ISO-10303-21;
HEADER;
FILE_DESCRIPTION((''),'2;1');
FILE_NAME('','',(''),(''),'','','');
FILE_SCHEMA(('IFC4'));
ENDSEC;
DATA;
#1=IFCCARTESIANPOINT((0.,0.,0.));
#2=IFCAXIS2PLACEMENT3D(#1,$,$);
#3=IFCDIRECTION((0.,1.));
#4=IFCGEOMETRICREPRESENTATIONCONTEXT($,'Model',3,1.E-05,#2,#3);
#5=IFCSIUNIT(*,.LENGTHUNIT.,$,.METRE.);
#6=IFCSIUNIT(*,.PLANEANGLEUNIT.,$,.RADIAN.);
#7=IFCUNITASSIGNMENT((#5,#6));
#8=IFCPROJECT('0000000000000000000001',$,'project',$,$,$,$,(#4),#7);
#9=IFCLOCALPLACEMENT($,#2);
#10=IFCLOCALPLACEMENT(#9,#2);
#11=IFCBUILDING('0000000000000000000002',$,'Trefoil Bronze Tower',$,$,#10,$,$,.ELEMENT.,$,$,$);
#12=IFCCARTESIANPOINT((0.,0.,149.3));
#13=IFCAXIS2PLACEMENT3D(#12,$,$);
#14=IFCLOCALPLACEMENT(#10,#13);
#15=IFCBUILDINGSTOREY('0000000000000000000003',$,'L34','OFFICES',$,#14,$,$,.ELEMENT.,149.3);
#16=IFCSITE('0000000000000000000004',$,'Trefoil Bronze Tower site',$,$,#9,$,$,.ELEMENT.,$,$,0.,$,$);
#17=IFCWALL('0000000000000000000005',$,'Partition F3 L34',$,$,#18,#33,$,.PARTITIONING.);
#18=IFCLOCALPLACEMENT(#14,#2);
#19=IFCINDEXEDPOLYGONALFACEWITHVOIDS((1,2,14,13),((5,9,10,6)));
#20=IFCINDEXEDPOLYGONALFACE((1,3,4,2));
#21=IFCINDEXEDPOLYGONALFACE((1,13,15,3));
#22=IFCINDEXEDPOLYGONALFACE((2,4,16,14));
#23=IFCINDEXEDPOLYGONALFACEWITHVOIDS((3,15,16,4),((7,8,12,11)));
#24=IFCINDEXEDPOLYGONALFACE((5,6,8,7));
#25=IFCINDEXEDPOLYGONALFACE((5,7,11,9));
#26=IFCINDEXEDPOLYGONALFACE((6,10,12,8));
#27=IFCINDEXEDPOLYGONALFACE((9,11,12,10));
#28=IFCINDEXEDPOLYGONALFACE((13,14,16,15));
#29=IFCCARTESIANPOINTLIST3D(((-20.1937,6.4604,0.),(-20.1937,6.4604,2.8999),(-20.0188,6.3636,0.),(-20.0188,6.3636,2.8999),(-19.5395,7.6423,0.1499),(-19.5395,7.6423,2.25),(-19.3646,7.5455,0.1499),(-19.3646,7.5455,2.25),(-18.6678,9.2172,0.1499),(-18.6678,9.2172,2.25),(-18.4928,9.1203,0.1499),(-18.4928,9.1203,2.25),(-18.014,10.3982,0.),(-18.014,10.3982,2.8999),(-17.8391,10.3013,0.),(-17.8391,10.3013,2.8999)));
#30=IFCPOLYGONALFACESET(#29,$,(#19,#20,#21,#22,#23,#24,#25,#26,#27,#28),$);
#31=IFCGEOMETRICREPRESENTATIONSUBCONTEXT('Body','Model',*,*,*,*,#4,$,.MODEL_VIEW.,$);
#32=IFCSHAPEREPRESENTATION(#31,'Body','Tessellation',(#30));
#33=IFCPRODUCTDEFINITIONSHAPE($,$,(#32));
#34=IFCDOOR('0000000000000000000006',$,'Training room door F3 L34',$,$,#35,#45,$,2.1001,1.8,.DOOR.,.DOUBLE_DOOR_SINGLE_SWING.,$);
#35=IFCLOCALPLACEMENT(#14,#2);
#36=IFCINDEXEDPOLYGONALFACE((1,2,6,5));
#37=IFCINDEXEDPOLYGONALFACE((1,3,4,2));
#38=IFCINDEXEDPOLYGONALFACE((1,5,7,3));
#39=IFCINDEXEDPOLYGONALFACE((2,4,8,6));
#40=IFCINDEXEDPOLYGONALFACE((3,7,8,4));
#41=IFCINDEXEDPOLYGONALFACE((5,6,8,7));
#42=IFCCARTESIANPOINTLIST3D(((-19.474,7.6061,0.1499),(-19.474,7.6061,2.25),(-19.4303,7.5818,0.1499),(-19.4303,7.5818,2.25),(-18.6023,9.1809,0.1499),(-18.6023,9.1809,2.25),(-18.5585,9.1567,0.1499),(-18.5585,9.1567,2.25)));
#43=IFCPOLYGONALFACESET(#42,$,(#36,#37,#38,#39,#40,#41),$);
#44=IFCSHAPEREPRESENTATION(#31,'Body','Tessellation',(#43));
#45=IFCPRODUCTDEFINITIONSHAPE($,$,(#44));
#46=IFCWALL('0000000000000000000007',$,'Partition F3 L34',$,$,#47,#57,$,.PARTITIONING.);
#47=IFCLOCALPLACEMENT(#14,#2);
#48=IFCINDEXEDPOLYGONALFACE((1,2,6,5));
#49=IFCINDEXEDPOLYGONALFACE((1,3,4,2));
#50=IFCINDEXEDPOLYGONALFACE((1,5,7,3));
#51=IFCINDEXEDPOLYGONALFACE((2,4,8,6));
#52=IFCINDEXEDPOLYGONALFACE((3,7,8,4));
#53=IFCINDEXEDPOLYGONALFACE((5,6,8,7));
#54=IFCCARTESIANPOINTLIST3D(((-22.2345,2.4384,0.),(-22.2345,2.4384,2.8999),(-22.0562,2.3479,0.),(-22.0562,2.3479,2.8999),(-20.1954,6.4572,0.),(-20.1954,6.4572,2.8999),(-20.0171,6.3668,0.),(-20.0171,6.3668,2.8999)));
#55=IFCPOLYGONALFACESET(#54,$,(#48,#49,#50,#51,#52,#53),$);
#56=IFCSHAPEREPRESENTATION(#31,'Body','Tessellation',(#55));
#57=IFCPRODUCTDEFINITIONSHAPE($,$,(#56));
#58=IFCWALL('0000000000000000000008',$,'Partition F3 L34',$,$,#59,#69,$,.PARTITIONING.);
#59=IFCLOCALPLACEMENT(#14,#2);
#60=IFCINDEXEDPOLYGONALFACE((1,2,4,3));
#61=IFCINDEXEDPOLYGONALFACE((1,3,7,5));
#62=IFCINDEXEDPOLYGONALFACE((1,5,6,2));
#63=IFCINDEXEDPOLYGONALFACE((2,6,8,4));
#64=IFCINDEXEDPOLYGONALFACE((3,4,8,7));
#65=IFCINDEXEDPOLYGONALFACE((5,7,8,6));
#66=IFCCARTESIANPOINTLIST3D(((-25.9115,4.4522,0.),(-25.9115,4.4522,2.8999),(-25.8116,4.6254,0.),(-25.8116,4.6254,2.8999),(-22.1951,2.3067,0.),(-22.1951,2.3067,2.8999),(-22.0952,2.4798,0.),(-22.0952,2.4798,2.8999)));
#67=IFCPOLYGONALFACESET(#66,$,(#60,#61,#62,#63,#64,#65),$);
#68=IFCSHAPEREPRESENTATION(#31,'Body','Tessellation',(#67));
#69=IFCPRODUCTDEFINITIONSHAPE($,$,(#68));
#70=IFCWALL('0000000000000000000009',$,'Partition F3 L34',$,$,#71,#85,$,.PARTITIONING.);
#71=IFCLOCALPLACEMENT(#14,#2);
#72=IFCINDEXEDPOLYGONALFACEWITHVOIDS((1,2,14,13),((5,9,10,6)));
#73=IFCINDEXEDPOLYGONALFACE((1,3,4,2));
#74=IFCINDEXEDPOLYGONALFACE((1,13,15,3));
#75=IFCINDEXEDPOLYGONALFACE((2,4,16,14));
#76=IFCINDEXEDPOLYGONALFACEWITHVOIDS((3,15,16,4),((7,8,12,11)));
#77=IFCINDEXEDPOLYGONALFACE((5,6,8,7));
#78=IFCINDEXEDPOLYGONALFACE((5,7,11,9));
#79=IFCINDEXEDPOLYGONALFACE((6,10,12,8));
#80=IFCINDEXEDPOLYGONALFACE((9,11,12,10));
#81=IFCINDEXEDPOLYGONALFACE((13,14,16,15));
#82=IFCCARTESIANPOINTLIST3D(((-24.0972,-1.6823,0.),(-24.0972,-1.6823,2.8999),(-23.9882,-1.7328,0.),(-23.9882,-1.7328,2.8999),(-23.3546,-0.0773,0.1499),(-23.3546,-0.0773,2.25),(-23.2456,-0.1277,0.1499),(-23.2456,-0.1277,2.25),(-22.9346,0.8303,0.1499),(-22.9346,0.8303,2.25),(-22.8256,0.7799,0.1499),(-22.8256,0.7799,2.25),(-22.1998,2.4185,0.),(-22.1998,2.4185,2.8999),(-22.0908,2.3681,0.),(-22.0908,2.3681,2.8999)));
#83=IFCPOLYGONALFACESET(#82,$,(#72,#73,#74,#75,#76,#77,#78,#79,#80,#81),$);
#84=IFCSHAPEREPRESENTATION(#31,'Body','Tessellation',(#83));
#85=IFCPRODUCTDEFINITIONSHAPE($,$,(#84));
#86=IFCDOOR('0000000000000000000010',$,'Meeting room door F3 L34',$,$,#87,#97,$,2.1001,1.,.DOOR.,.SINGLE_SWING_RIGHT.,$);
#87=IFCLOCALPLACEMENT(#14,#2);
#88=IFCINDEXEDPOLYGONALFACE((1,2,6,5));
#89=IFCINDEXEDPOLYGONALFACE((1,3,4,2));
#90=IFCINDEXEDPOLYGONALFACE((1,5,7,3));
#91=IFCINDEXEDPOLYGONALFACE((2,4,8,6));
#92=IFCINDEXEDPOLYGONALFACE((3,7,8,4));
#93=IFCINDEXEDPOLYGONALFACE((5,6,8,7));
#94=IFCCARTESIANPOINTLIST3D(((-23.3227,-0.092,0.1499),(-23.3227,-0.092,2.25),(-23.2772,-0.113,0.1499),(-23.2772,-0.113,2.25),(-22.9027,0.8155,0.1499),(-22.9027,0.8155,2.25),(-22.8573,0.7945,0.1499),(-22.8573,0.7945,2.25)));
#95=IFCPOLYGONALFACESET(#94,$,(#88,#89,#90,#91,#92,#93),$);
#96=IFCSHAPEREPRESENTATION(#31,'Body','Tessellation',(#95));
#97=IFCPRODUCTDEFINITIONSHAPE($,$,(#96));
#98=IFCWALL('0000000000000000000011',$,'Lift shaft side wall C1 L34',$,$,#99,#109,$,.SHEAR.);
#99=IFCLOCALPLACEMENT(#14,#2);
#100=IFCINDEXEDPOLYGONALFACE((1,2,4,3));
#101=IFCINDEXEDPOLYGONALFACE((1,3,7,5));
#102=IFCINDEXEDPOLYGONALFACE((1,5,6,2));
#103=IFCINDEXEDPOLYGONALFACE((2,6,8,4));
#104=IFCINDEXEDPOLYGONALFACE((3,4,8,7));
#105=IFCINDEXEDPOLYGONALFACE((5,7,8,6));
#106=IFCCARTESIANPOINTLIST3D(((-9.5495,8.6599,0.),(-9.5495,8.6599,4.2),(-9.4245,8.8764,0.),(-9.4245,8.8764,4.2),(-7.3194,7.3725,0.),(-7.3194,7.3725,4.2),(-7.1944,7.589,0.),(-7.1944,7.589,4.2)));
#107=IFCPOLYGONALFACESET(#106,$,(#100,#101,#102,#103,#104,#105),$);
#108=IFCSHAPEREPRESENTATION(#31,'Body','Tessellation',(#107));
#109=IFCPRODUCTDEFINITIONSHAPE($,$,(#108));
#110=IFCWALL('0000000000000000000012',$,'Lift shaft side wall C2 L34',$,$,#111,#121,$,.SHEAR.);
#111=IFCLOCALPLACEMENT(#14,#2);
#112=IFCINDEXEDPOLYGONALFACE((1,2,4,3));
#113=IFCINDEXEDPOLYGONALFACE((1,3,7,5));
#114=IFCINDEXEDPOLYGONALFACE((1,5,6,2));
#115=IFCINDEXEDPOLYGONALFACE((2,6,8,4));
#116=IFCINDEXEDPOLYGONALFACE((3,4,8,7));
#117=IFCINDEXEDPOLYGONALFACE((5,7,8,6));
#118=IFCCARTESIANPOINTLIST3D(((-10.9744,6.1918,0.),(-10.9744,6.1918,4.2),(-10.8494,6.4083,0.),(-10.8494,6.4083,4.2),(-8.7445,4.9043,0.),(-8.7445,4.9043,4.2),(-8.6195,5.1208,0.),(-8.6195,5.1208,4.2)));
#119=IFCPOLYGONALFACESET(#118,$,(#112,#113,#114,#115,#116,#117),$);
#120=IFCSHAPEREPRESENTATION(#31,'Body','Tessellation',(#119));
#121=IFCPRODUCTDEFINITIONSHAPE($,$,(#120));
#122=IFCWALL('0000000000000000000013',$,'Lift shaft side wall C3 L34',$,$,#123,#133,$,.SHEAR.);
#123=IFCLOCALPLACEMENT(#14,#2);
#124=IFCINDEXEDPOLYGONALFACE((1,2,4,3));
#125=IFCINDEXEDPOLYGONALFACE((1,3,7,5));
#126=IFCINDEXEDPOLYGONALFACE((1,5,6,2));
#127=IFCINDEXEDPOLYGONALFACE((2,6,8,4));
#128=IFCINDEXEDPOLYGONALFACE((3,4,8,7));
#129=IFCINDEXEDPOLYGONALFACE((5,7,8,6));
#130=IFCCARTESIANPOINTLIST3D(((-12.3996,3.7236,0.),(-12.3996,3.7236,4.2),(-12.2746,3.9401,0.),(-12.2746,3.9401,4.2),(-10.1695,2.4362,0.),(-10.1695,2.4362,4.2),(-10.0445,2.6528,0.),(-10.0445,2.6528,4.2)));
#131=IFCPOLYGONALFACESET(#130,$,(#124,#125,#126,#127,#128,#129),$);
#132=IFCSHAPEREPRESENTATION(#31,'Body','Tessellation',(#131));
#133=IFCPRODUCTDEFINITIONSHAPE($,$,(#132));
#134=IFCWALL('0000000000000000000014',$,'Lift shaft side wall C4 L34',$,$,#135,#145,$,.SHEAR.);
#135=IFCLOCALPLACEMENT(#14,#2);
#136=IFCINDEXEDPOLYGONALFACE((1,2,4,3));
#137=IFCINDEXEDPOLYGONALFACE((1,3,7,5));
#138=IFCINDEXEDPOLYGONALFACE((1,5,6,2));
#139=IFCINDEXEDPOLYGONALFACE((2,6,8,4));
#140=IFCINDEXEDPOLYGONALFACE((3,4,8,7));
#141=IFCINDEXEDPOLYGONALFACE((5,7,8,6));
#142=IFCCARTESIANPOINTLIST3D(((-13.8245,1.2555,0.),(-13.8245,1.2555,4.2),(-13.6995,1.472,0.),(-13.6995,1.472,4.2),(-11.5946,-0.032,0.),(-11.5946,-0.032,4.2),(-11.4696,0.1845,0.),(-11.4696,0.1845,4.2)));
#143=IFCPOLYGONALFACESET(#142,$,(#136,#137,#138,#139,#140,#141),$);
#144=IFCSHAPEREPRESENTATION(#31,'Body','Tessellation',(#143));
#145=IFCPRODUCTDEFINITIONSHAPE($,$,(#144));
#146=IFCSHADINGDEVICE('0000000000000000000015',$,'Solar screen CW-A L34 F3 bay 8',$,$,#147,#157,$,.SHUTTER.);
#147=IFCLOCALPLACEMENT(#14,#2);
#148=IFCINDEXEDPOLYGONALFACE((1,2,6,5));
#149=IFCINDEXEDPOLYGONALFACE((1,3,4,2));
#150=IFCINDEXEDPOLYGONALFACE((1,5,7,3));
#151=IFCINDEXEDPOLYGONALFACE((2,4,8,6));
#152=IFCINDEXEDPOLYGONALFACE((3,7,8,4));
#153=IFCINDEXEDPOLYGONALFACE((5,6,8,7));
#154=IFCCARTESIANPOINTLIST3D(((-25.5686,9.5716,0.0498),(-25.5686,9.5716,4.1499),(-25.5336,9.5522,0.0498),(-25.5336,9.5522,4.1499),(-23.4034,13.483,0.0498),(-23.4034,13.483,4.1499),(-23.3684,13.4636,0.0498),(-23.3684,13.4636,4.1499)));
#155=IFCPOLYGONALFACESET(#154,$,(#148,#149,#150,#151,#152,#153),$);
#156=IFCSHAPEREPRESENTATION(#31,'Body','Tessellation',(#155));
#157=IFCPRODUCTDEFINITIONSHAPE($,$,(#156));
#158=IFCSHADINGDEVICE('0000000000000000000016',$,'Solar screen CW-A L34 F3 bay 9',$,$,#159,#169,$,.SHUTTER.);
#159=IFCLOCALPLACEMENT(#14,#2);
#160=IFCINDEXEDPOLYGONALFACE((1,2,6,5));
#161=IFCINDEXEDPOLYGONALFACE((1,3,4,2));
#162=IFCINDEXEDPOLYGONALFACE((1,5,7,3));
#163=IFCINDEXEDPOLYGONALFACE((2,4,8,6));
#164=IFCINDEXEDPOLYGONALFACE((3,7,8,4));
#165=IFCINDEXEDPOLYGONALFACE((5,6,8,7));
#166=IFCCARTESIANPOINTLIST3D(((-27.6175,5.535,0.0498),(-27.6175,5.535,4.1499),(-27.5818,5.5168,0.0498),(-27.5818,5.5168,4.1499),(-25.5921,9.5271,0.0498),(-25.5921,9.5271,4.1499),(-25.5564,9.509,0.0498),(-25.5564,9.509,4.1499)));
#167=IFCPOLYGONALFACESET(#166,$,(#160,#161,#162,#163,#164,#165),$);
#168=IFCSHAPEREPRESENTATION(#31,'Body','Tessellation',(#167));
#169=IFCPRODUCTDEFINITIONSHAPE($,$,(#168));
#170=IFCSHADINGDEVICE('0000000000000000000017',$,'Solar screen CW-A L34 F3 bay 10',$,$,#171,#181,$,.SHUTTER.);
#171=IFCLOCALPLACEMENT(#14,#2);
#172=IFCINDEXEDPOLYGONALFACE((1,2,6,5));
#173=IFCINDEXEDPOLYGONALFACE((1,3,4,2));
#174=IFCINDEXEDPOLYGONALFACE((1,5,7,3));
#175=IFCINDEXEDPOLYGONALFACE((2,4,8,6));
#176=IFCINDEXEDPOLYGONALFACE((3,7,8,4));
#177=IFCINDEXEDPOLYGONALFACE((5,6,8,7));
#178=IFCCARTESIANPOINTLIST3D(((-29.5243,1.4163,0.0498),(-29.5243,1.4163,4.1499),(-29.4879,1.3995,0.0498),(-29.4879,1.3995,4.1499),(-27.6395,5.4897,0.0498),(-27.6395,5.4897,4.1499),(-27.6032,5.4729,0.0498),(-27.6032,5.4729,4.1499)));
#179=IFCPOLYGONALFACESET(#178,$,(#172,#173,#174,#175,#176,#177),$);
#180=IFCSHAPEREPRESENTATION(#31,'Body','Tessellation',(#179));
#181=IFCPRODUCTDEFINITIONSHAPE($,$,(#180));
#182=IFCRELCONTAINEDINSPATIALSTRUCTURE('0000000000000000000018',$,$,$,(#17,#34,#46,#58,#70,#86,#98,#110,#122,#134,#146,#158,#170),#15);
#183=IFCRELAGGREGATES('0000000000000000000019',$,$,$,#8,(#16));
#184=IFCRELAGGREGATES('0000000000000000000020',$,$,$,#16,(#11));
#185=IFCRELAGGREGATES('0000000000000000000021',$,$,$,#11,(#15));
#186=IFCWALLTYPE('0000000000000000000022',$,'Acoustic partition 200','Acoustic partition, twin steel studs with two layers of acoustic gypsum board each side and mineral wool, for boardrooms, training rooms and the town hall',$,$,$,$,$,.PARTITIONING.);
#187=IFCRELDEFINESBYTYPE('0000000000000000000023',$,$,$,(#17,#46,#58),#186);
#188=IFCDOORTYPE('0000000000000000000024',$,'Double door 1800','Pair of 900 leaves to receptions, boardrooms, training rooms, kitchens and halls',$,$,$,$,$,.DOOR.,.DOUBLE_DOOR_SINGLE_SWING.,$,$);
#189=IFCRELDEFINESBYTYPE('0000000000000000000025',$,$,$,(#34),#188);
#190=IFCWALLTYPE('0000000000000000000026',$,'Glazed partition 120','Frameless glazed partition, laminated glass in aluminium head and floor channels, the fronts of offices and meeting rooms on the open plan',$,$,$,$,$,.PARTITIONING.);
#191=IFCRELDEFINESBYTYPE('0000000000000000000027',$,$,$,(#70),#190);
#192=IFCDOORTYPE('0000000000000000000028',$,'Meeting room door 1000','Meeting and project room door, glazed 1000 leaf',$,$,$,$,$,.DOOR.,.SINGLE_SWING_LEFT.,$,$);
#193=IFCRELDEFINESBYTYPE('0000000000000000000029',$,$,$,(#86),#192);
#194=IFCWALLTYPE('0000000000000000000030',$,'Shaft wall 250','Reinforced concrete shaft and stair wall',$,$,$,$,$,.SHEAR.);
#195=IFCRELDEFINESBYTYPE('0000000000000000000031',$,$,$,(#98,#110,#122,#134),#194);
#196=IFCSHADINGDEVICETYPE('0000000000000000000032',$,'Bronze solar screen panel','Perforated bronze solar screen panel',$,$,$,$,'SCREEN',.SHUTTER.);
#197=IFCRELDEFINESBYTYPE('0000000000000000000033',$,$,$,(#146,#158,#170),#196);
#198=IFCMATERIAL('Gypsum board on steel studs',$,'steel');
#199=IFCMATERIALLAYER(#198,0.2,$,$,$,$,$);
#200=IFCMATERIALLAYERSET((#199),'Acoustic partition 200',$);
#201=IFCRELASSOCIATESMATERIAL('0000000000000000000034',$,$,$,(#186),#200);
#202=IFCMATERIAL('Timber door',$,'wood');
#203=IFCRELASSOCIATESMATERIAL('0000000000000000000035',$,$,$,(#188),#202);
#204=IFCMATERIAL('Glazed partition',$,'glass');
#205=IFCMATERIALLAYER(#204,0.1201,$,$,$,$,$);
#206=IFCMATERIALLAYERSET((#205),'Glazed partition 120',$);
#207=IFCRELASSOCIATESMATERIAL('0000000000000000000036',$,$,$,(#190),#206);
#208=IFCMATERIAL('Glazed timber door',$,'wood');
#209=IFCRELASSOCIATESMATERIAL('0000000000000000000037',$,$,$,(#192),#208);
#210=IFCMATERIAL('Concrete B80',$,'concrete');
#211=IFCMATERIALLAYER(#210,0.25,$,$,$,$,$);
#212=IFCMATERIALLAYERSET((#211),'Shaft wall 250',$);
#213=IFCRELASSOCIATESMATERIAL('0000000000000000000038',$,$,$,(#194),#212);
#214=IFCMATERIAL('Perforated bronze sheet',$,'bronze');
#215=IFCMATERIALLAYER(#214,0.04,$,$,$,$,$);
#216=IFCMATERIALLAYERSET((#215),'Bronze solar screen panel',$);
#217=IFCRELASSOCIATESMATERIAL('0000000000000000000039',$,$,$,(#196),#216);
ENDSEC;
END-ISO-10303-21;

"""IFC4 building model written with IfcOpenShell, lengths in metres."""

from ifc_helpers import new_model, si_unit, direction, frame, frame_2d, origin, origin_2d, place, context, subcontext, project, spatial, rectangle, extrude, material, layer, layer_set, type_object, element, fill, save


model = new_model("IFC4")

# Units and contexts
model_context = context("Model", 3, precision=1e-05, world=origin(), true_north=direction((0.0, 1.0)))
body_context = subcontext(model_context, "Body", "Model", "MODEL_VIEW")
ifc_project = project(units=[si_unit("LENGTHUNIT", "METRE"), si_unit("PLANEANGLEUNIT", "RADIAN")], contexts=[model_context])

# Site, building, storey
site_placement = place(None, origin())
site = spatial("IfcSite", under=ifc_project, at=site_placement, Name="Trefoil Bronze Tower site", CompositionType="ELEMENT", RefElevation=0.0)
building_placement = place(site_placement, origin())
building = spatial("IfcBuilding", under=site, at=building_placement, Name="Trefoil Bronze Tower", CompositionType="ELEMENT")
storey_placement = place(building_placement, frame((0.0, 0.0, 149.3)))
storey = spatial("IfcBuildingStorey", under=building, at=storey_placement, Name="L34", Description="OFFICES", CompositionType="ELEMENT", Elevation=149.3)

# Wall, opening, door
ifc_material_1 = material(Name="Gypsum board on steel studs", Category="steel")
ifc_layer_1 = layer(ifc_material_1, 0.2)
ifc_layer_set_1 = layer_set([ifc_layer_1], Name="Acoustic partition 200")
wall_type_1 = type_object("IfcWallType", Name="Acoustic partition 200", Description="Acoustic partition, twin steel studs with two layers of acoustic gypsum board each side and mineral wool, for boardrooms, training rooms and the town hall", PredefinedType="PARTITIONING", material=ifc_layer_set_1)
wall_1_placement = place(storey_placement, frame((-17.9265, 10.3499, 0.0), z_axis=(0.0, 0.0, 1.0), x_axis=(-0.484293, -0.874906, 0.0)))
wall_1 = element("IfcWall", 1, at=wall_1_placement, inside=storey, type_object=wall_type_1, Name="Partition F3 L34", PredefinedType="PARTITIONING", context=body_context, shape_type="SweptSolid", body=[
    extrude(rectangle(XDim=4.5007, YDim=0.2, at=frame_2d((2.2505, 0.0))), origin(), (0.0, 0.0, 1.0), 2.8999),
])
opening_1_placement = place(wall_1_placement, frame((1.3501, 0.0, 0.1499)))
opening_1 = element("IfcOpeningElement", 2, at=opening_1_placement, cuts=wall_1, PredefinedType="OPENING", context=body_context, shape_type="SweptSolid", body=[
    extrude(rectangle(XDim=1.8, YDim=2.1001, at=frame_2d((0.8999, 1.05))), frame((0.0, 0.1099, 0.0), z_axis=(0.0, -1.0, 0.0), x_axis=(1.0, 0.0, 0.0)), (0.0, 0.0, 1.0), 0.22),
])
ifc_material_2 = material(Name="Timber door", Category="wood")
door_type_1 = type_object("IfcDoorType", Name="Double door 1800", Description="Pair of 900 leaves to receptions, boardrooms, training rooms, kitchens and halls", OperationType="DOUBLE_DOOR_SINGLE_SWING", PredefinedType="DOOR", material=ifc_material_2)
door_1_placement = place(opening_1_placement, origin())
door_1 = element("IfcDoor", 3, at=door_1_placement, inside=storey, type_object=door_type_1, Name="Training room door F3 L34", OperationType="DOUBLE_DOOR_SINGLE_SWING", OverallHeight=2.1001, OverallWidth=1.8, PredefinedType="DOOR", context=body_context, shape_type="SweptSolid", body=[
    extrude(rectangle(XDim=1.8, YDim=2.1001, at=frame_2d((0.8999, 1.05))), frame((0.0, 0.0249, 0.0), z_axis=(0.0, -1.0, 0.0), x_axis=(1.0, 0.0, 0.0)), (0.0, 0.0, 1.0), 0.05),
])
fill(opening_1, door_1)

# Walls
wall_2_placement = place(storey_placement, frame((-20.1062, 6.4121, 0.0), z_axis=(0.0, 0.0, 1.0), x_axis=(-0.452472, -0.891779, 0.0)))
element("IfcWall", 4, at=wall_2_placement, inside=storey, type_object=wall_type_1, Name="Partition F3 L34", PredefinedType="PARTITIONING", context=body_context, shape_type="SweptSolid", body=[
    extrude(rectangle(XDim=4.5066, YDim=0.2, at=frame_2d((2.2534, 0.0))), origin(), (0.0, 0.0, 1.0), 2.8999),
])
wall_3_placement = place(storey_placement, frame((-22.1453, 2.3933, 0.0), z_axis=(0.0, 0.0, 1.0), x_axis=(-0.866036, 0.499982, 0.0)))
element("IfcWall", 5, at=wall_3_placement, inside=storey, type_object=wall_type_1, Name="Partition F3 L34", PredefinedType="PARTITIONING", context=body_context, shape_type="SweptSolid", body=[
    extrude(rectangle(XDim=4.2913, YDim=0.2, at=frame_2d((2.1455, 0.0))), origin(), (0.0, 0.0, 1.0), 2.8999),
])

# Wall, opening, door
ifc_material_3 = material(Name="Glazed partition", Category="glass")
ifc_layer_2 = layer(ifc_material_3, 0.1201)
ifc_layer_set_2 = layer_set([ifc_layer_2], Name="Glazed partition 120")
wall_type_2 = type_object("IfcWallType", Name="Glazed partition 120", Description="Frameless glazed partition, laminated glass in aluminium head and floor channels, the fronts of offices and meeting rooms on the open plan", PredefinedType="PARTITIONING", material=ifc_layer_set_2)
wall_4_placement = place(storey_placement, frame((-22.1453, 2.3933, 0.0), z_axis=(0.0, 0.0, 1.0), x_axis=(-0.419928, -0.907557, 0.0)))
wall_4 = element("IfcWall", 6, at=wall_4_placement, inside=storey, type_object=wall_type_2, Name="Partition F3 L34", PredefinedType="PARTITIONING", context=body_context, shape_type="SweptSolid", body=[
    extrude(rectangle(XDim=4.5186, YDim=0.1201, at=frame_2d((2.2593, 0.0))), origin(), (0.0, 0.0, 1.0), 2.8999),
])
opening_2_placement = place(wall_4_placement, frame((1.75, 0.0, 0.1499)))
opening_2 = element("IfcOpeningElement", 7, at=opening_2_placement, cuts=wall_4, PredefinedType="OPENING", context=body_context, shape_type="SweptSolid", body=[
    extrude(rectangle(XDim=1.0, YDim=2.1001, at=frame_2d((0.5, 1.05))), frame((0.0, 0.0701, 0.0), z_axis=(0.0, -1.0, 0.0), x_axis=(1.0, 0.0, 0.0)), (0.0, 0.0, 1.0), 0.1401),
])
ifc_material_4 = material(Name="Glazed timber door", Category="wood")
door_type_2 = type_object("IfcDoorType", Name="Meeting room door 1000", Description="Meeting and project room door, glazed 1000 leaf", OperationType="SINGLE_SWING_LEFT", PredefinedType="DOOR", material=ifc_material_4)
door_2_placement = place(opening_2_placement, frame((1.0, 0.0, 0.0), z_axis=(0.0, 0.0, 1.0), x_axis=(-1.0, 0.0, 0.0)))
door_2 = element("IfcDoor", 8, at=door_2_placement, inside=storey, type_object=door_type_2, Name="Meeting room door F3 L34", OperationType="SINGLE_SWING_RIGHT", OverallHeight=2.1001, OverallWidth=1.0, PredefinedType="DOOR", context=body_context, shape_type="SweptSolid", body=[
    extrude(rectangle(XDim=1.0, YDim=2.1001, at=frame_2d((0.5, 1.05))), frame((0.0, 0.0249, 0.0), z_axis=(0.0, -1.0, 0.0), x_axis=(1.0, 0.0, 0.0)), (0.0, 0.0, 1.0), 0.05),
])
fill(opening_2, door_2)

# Walls
ifc_material_5 = material(Name="Concrete B80", Category="concrete")
ifc_layer_3 = layer(ifc_material_5, 0.25)
ifc_layer_set_3 = layer_set([ifc_layer_3], Name="Shaft wall 250")
wall_type_3 = type_object("IfcWallType", Name="Shaft wall 250", Description="Reinforced concrete shaft and stair wall", PredefinedType="SHEAR", material=ifc_layer_set_3)
for number, where, z_axis, x_axis, name in (
    (9, (-7.2568, 7.4807, 0.0), (0.0, 0.0, 1.0), (-0.866047, 0.499963, 0.0), "Lift shaft side wall C1 L34"),
    (10, (-8.6819, 5.0125, 0.0), (0.0, 0.0, 1.0), (-0.866006, 0.500034, 0.0), "Lift shaft side wall C2 L34"),
    (11, (-10.1069, 2.5444, 0.0), (0.0, 0.0, 1.0), (-0.866047, 0.499963, 0.0), "Lift shaft side wall C3 L34"),
    (12, (-11.532, 0.0762, 0.0), (0.0, 0.0, 1.0), (-0.866006, 0.500034, 0.0), "Lift shaft side wall C4 L34"),
):
    element("IfcWall", number, at=place(storey_placement, frame(where, z_axis=z_axis, x_axis=x_axis)), inside=storey, type_object=wall_type_3, Name=name, PredefinedType="SHEAR", context=body_context, shape_type="SweptSolid", body=[
        extrude(rectangle(XDim=2.575, YDim=0.25, at=frame_2d((1.2876, 0.0))), origin(), (0.0, 0.0, 1.0), 4.2),
    ])

# Shading devices
ifc_material_6 = material(Name="Perforated bronze sheet", Category="bronze")
ifc_layer_4 = layer(ifc_material_6, 0.04)
ifc_layer_set_4 = layer_set([ifc_layer_4], Name="Bronze solar screen panel")
shading_device_type = type_object("IfcShadingDeviceType", Name="Bronze solar screen panel", Description="Perforated bronze solar screen panel", ElementType="SCREEN", PredefinedType="SHUTTER", material=ifc_layer_set_4)
shading_device_1_placement = place(storey_placement, frame((-24.4685, 11.5176, 0.0498), z_axis=(0.0, 0.0, 1.0), x_axis=(-0.484312, -0.874895, 0.0)))
element("IfcShadingDevice", 13, at=shading_device_1_placement, inside=storey, type_object=shading_device_type, Name="Solar screen CW-A L34 F3 bay 8", PredefinedType="SHUTTER", context=body_context, shape_type="SweptSolid", body=[
    extrude(rectangle(XDim=4.4707, YDim=0.04, at=origin_2d()), origin(), (0.0, 0.0, 1.0), 4.1001),
])
shading_device_2_placement = place(storey_placement, frame((-26.5869, 7.522, 0.0498), z_axis=(0.0, 0.0, 1.0), x_axis=(-0.452449, -0.89179, 0.0)))
element("IfcShadingDevice", 14, at=shading_device_2_placement, inside=storey, type_object=shading_device_type, Name="Solar screen CW-A L34 F3 bay 9", PredefinedType="SHUTTER", context=body_context, shape_type="SweptSolid", body=[
    extrude(rectangle(XDim=4.4766, YDim=0.04, at=origin_2d()), origin(), (0.0, 0.0, 1.0), 4.1001),
])
shading_device_3_placement = place(storey_placement, frame((-28.5637, 3.4446, 0.0498), z_axis=(0.0, 0.0, 1.0), x_axis=(-0.419933, -0.907555, 0.0)))
element("IfcShadingDevice", 15, at=shading_device_3_placement, inside=storey, type_object=shading_device_type, Name="Solar screen CW-A L34 F3 bay 10", PredefinedType="SHUTTER", context=body_context, shape_type="SweptSolid", body=[
    extrude(rectangle(XDim=4.4883, YDim=0.04, at=origin_2d()), origin(), (0.0, 0.0, 1.0), 4.1001),
])

save(model, "model.ifc")
